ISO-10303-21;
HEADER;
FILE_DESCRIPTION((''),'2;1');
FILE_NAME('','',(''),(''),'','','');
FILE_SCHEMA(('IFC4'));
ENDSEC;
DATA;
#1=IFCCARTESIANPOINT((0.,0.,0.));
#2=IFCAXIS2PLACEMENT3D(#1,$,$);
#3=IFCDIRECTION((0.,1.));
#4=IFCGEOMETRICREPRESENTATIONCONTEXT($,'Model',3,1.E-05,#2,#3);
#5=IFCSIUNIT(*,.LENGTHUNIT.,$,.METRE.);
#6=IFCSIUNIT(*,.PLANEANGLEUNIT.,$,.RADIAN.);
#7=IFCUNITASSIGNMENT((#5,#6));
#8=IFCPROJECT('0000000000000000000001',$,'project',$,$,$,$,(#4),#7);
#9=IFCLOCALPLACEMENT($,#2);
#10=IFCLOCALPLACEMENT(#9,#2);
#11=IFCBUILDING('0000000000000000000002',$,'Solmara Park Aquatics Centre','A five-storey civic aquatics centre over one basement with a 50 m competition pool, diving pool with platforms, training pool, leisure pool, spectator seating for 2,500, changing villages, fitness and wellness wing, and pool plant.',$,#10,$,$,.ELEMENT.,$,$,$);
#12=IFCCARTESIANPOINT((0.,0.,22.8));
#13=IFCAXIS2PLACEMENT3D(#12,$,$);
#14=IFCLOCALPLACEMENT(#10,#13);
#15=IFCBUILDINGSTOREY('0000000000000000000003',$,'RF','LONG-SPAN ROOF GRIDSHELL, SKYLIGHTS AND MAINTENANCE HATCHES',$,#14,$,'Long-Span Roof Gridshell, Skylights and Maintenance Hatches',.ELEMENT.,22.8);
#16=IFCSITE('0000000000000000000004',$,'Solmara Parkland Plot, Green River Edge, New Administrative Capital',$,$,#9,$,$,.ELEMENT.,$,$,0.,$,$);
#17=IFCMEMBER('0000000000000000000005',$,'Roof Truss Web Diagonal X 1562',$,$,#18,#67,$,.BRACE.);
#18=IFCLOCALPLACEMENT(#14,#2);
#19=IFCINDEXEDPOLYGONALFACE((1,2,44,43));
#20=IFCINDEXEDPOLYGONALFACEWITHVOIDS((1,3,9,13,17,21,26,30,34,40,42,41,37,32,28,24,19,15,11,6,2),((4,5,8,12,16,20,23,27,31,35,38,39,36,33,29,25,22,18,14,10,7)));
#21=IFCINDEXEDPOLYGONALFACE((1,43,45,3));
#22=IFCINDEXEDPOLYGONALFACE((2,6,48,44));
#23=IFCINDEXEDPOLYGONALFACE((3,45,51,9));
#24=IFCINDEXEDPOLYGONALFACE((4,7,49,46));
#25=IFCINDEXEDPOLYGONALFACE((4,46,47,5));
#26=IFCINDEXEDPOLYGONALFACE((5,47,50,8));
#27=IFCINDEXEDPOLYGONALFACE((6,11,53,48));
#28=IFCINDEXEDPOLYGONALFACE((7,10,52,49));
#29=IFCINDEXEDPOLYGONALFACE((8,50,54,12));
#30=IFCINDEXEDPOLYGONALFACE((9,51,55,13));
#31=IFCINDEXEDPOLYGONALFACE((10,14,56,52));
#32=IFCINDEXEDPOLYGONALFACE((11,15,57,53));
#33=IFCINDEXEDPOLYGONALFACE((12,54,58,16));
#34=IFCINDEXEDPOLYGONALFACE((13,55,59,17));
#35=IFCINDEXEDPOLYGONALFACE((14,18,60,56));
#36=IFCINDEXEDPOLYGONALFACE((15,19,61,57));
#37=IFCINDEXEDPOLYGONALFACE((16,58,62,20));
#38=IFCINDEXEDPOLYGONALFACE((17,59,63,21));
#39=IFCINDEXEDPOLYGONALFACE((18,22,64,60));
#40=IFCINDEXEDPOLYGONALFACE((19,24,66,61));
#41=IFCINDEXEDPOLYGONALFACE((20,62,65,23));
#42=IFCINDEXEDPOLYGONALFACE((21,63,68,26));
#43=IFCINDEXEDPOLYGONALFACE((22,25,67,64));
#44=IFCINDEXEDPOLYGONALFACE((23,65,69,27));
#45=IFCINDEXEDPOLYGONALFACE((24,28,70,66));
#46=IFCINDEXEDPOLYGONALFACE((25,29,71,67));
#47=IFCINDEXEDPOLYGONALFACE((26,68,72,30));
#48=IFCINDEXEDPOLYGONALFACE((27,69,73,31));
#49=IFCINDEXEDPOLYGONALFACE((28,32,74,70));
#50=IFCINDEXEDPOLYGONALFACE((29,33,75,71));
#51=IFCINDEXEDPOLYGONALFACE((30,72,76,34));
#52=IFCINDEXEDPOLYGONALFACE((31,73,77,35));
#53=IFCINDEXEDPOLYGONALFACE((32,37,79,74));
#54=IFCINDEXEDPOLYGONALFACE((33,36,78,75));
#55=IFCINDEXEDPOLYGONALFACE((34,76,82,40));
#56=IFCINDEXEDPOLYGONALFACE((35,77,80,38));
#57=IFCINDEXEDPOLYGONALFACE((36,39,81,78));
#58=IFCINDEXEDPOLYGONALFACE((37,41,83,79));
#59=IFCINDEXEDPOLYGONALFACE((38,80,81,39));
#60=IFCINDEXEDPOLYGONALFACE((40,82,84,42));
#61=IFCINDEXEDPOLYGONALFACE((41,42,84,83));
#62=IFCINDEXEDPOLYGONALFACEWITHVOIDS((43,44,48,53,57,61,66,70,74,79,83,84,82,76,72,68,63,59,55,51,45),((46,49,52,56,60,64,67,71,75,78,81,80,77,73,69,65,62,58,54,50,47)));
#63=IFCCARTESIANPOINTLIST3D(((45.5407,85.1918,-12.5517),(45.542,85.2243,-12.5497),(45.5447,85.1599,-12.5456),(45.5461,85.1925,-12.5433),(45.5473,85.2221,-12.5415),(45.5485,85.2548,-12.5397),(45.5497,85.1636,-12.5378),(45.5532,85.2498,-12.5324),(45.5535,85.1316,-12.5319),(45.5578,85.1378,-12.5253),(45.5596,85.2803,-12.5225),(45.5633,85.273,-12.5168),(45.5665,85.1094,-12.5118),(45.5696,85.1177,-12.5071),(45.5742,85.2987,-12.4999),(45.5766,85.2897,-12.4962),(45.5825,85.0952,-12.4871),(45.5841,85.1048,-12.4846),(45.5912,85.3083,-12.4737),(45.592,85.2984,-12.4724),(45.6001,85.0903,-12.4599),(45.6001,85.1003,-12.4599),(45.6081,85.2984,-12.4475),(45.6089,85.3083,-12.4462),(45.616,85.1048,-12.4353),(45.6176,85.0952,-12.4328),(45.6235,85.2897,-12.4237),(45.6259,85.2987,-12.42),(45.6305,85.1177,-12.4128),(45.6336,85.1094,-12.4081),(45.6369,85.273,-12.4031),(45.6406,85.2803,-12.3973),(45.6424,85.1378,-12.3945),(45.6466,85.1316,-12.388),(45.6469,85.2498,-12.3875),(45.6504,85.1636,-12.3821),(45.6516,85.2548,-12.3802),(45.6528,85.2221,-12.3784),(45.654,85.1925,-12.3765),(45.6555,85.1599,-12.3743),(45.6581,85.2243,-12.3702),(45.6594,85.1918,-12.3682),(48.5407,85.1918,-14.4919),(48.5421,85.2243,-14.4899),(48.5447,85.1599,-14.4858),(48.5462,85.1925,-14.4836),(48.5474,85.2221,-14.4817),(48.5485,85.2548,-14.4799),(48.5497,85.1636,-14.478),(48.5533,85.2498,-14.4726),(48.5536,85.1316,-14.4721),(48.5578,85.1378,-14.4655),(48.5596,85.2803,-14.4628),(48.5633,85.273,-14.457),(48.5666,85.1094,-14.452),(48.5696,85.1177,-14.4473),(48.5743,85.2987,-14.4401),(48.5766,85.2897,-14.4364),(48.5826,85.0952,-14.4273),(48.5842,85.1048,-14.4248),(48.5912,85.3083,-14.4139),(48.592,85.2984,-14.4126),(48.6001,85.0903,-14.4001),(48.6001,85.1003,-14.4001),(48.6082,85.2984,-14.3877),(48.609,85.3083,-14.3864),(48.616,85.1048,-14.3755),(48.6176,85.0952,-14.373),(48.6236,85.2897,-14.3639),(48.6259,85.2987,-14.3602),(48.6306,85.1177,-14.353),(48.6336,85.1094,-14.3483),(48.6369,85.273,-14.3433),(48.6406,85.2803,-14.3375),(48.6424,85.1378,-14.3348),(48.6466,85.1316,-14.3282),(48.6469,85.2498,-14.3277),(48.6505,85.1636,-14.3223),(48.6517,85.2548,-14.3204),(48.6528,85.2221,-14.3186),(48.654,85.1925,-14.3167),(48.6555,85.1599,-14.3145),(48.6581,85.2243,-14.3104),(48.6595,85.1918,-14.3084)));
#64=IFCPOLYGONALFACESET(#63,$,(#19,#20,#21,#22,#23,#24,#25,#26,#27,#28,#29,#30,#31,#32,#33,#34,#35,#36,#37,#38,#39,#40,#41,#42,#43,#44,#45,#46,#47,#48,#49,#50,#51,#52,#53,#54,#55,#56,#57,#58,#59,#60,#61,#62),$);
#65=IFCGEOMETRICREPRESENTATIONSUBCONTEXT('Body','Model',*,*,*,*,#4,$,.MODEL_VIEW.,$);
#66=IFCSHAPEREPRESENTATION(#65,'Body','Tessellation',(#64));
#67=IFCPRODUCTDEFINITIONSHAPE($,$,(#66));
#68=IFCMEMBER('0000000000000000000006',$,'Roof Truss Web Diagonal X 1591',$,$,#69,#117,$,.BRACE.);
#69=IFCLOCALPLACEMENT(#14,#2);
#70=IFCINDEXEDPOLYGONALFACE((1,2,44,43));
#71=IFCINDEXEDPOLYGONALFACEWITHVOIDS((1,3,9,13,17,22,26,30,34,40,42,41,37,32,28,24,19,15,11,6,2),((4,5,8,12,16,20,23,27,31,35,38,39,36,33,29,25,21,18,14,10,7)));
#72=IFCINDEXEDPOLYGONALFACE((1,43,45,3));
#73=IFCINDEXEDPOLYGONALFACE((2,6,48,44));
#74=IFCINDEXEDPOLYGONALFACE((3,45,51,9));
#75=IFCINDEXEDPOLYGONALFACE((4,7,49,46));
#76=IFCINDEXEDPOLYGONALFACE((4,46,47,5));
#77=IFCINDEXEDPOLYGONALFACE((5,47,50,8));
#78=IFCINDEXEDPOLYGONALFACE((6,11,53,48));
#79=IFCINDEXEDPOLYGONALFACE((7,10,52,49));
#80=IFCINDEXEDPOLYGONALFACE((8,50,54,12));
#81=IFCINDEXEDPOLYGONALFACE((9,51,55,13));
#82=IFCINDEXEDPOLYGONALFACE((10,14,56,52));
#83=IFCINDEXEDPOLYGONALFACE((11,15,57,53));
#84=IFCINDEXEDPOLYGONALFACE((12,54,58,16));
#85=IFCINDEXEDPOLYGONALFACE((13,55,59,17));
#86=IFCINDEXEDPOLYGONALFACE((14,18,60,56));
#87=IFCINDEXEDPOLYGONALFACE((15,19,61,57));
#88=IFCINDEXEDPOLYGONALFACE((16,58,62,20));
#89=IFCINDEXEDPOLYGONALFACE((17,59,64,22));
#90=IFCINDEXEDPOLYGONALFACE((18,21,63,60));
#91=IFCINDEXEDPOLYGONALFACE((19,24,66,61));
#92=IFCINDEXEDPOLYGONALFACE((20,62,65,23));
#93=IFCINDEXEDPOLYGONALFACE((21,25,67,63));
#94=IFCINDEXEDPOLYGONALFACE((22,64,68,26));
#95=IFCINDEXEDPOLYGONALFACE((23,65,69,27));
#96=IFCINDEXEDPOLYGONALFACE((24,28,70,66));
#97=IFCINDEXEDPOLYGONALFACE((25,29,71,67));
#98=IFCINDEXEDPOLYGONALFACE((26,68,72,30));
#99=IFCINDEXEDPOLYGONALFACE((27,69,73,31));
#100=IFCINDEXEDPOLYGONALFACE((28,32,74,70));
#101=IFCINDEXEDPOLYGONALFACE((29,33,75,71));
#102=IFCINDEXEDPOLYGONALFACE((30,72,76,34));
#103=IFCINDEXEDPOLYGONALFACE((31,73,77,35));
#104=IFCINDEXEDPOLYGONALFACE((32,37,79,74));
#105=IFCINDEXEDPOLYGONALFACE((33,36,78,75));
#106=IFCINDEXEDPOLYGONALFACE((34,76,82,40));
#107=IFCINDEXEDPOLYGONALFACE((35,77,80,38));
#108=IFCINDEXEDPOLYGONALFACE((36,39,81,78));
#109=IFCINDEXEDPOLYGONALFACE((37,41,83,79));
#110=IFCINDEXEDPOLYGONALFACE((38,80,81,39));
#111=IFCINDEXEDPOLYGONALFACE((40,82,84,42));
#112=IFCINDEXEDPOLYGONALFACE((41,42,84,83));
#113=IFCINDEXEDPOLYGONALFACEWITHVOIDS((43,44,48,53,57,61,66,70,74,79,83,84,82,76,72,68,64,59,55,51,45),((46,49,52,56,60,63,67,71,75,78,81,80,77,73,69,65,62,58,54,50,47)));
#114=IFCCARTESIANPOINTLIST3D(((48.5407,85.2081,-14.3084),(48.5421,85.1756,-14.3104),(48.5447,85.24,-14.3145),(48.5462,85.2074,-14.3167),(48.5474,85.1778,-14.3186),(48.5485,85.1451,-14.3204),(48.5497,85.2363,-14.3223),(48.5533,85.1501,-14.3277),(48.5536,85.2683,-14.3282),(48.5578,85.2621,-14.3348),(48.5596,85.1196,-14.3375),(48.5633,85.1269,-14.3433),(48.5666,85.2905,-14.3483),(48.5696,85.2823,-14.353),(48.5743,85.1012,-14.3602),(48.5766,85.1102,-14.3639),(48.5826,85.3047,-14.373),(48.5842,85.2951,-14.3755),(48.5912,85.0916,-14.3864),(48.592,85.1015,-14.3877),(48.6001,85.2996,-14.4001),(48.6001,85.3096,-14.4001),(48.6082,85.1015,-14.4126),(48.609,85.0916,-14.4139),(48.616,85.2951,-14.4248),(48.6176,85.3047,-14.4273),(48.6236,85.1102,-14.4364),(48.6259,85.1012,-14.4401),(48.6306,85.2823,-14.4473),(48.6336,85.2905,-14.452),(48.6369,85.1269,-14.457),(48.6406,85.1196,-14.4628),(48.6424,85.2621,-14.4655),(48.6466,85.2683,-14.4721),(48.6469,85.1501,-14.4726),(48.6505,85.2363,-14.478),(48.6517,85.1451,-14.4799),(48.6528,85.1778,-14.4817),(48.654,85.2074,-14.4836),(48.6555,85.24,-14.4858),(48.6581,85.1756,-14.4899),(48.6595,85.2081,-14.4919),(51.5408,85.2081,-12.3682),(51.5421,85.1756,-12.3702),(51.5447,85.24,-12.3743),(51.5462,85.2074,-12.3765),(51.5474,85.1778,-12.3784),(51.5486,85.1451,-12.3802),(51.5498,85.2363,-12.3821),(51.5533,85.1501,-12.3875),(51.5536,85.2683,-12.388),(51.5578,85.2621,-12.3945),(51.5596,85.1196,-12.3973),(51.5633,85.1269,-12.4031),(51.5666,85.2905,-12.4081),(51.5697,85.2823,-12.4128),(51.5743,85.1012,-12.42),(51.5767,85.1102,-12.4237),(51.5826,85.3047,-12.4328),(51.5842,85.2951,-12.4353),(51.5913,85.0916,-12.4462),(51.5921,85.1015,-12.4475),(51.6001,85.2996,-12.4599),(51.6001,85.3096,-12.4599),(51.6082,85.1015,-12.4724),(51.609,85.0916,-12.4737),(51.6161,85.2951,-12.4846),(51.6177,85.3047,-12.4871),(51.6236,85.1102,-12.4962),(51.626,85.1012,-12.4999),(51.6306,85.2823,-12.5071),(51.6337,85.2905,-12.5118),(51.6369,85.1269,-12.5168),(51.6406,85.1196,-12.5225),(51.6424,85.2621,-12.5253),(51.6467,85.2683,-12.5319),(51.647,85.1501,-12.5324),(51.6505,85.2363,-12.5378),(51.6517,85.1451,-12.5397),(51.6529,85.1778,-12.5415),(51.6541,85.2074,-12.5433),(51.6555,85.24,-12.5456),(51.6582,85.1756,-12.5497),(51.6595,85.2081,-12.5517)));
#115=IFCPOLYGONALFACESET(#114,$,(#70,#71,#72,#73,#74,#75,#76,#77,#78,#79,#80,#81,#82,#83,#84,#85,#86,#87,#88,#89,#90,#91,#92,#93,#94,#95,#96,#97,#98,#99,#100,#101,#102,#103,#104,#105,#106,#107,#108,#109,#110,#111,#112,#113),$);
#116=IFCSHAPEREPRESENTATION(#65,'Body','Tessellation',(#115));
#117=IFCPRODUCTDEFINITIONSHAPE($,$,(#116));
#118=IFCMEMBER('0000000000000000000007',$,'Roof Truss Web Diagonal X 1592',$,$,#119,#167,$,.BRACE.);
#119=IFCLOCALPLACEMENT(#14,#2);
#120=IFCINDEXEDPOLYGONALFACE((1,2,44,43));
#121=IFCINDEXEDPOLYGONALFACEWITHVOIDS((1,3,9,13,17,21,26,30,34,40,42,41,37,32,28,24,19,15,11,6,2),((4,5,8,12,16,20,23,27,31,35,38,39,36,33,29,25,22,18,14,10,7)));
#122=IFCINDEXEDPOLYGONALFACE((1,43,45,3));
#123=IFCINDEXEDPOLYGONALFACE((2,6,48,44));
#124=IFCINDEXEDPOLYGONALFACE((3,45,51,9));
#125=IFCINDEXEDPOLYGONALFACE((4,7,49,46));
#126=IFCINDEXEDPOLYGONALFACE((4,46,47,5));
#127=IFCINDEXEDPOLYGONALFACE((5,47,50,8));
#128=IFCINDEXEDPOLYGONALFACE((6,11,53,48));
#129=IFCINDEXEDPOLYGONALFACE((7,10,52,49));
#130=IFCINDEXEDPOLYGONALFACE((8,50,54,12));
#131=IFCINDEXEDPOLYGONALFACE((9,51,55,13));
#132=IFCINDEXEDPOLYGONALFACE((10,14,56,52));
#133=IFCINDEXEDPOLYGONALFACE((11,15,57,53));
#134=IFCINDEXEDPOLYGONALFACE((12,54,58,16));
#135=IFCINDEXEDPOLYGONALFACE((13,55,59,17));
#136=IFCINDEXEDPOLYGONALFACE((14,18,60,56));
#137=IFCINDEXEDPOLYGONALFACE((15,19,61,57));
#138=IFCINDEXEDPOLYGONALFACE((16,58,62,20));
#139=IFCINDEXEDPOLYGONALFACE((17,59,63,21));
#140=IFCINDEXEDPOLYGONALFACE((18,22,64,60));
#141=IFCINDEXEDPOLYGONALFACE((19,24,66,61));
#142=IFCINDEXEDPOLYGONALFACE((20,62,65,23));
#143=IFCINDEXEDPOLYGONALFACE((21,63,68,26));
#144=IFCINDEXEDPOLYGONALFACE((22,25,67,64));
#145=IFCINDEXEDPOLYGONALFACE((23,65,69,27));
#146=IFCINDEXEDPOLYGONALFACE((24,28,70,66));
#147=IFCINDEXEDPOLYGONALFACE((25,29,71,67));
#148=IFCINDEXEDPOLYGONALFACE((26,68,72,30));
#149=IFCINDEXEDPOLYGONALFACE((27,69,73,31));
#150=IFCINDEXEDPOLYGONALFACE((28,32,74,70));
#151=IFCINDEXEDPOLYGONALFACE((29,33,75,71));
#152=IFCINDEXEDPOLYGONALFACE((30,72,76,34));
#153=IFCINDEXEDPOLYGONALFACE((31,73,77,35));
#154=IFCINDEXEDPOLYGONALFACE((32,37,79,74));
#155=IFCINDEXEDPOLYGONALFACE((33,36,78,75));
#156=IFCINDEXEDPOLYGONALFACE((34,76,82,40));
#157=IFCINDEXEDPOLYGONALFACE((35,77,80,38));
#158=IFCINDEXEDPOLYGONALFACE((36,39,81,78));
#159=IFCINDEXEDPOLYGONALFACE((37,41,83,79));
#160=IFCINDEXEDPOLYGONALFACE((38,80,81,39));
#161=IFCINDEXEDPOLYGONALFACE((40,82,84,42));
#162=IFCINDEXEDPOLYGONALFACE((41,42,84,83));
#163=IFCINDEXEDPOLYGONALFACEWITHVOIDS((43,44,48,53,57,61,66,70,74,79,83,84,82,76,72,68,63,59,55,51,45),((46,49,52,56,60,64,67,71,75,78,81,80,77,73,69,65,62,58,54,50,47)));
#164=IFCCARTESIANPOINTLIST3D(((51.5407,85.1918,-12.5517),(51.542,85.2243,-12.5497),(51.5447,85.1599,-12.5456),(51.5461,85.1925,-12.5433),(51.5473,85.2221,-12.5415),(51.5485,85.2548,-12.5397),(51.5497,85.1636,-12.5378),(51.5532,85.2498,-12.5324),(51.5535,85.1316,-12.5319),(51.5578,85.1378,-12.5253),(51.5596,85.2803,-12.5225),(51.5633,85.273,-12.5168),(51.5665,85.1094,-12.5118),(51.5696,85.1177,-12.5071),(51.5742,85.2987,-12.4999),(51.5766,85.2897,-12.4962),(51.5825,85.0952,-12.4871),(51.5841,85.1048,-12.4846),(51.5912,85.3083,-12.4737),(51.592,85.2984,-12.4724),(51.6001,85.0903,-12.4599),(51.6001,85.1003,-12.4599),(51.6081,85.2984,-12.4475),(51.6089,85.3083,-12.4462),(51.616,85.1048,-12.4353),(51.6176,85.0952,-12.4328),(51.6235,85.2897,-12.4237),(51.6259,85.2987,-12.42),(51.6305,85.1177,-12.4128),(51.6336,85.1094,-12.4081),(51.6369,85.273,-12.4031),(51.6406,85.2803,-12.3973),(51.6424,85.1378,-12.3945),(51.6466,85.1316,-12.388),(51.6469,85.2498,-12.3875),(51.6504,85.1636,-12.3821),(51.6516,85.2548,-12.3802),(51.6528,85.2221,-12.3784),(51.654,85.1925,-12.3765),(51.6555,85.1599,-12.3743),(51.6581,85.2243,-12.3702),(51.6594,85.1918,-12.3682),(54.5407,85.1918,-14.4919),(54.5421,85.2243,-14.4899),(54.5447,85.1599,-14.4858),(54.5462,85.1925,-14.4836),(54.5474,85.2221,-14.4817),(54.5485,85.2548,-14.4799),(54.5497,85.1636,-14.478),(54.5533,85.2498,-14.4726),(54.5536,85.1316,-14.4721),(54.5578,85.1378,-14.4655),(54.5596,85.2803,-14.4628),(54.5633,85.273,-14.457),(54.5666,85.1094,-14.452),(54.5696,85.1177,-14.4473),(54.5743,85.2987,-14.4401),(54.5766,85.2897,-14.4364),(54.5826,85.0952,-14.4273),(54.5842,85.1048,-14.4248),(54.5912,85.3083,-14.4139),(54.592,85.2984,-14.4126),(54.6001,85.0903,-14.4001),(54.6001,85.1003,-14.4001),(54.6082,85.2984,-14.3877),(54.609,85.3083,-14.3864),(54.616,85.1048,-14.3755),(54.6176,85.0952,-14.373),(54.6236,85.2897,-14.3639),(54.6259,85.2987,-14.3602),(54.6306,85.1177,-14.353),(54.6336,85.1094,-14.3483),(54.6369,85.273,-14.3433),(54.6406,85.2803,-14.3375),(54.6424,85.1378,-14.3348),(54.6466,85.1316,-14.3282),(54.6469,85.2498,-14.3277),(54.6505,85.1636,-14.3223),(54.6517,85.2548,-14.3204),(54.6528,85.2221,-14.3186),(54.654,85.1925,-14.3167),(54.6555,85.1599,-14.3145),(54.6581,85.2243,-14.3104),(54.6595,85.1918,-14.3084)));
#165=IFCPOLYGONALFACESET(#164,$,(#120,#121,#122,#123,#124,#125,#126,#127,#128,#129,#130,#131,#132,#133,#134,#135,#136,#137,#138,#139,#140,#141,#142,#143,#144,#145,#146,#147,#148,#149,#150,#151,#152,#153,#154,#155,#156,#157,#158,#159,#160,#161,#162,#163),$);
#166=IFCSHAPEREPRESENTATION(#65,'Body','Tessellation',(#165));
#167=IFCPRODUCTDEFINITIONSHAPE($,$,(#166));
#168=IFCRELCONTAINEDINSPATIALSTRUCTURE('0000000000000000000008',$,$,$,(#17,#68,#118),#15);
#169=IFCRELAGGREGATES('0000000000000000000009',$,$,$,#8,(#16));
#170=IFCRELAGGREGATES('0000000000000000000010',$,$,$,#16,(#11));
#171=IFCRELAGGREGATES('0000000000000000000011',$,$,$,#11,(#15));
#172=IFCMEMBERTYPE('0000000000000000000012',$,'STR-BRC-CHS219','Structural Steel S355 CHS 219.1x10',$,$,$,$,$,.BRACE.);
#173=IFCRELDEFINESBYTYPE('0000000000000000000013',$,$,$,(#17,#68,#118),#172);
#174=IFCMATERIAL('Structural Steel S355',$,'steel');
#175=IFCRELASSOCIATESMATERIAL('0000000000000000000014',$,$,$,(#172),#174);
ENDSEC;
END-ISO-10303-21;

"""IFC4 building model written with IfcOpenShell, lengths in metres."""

from ifc_helpers import new_model, si_unit, direction, frame, origin, origin_2d, place, context, subcontext, project, spatial, hollow_circle, extrude, material, material_profile, profile_set, type_object, element, save


model = new_model("IFC4")

# Units and contexts
model_context = context("Model", 3, precision=1e-05, world=origin(), true_north=direction((0.0, 1.0)))
body_context = subcontext(model_context, "Body", "Model", "MODEL_VIEW")
ifc_project = project(units=[si_unit("LENGTHUNIT", "METRE"), si_unit("PLANEANGLEUNIT", "RADIAN")], contexts=[model_context])

# Site, building, storey
site_placement = place(None, origin())
site = spatial("IfcSite", under=ifc_project, at=site_placement, Name="Solmara Parkland Plot, Green River Edge, New Administrative Capital", CompositionType="ELEMENT", RefElevation=0.0)
building_placement = place(site_placement, origin())
building = spatial("IfcBuilding", under=site, at=building_placement, Name="Solmara Park Aquatics Centre", Description="A five-storey civic aquatics centre over one basement with a 50 m competition pool, diving pool with platforms, training pool, leisure pool, spectator seating for 2,500, changing villages, fitness and wellness wing, and pool plant.", CompositionType="ELEMENT")
storey_placement = place(building_placement, frame((0.0, 0.0, 22.8)))
storey = spatial("IfcBuildingStorey", under=building, at=storey_placement, Name="RF", Description="LONG-SPAN ROOF GRIDSHELL, SKYLIGHTS AND MAINTENANCE HATCHES", LongName="Long-Span Roof Gridshell, Skylights and Maintenance Hatches", CompositionType="ELEMENT", Elevation=22.8)

# Members
ifc_material_1 = material(Name="Structural Steel S355", Category="steel")
ifc_material_profile_1 = material_profile(ifc_material_1, hollow_circle(Radius=0.1096, WallThickness=0.01, at=origin_2d()), Name="CHS 219.1x10")
ifc_profile_set_1 = profile_set([ifc_material_profile_1], Name="Structural Steel S355")
member_type_1 = type_object("IfcMemberType", Name="STR-BRC-CHS219", Description="Structural Steel S355 CHS 219.1x10", PredefinedType="BRACE", material=ifc_profile_set_1)
for number, where, z_axis, x_axis, name in (
    (1, (48.6001, 85.2, -14.4001), (-0.839697, 0.0, 0.543056), (0.0, -1.0, 0.0), "Roof Truss Web Diagonal X 1562"),
    (2, (48.6001, 85.2, -14.4001), (0.839697, 0.0, 0.543056), (0.0, 1.0, 0.0), "Roof Truss Web Diagonal X 1591"),
    (3, (54.6001, 85.2, -14.4001), (-0.839697, 0.0, 0.543056), (0.0, -1.0, 0.0), "Roof Truss Web Diagonal X 1592"),
):
    element("IfcMember", number, at=place(storey_placement, frame(where, z_axis=z_axis, x_axis=x_axis)), inside=storey, type_object=member_type_1, Name=name, PredefinedType="BRACE", context=body_context, shape_type="SweptSolid", body=[
        extrude(hollow_circle(Radius=0.1096, WallThickness=0.01, at=origin_2d()), origin(), (0.0, 0.0, 1.0), 3.5728),
    ])

save(model, "model.ifc")
